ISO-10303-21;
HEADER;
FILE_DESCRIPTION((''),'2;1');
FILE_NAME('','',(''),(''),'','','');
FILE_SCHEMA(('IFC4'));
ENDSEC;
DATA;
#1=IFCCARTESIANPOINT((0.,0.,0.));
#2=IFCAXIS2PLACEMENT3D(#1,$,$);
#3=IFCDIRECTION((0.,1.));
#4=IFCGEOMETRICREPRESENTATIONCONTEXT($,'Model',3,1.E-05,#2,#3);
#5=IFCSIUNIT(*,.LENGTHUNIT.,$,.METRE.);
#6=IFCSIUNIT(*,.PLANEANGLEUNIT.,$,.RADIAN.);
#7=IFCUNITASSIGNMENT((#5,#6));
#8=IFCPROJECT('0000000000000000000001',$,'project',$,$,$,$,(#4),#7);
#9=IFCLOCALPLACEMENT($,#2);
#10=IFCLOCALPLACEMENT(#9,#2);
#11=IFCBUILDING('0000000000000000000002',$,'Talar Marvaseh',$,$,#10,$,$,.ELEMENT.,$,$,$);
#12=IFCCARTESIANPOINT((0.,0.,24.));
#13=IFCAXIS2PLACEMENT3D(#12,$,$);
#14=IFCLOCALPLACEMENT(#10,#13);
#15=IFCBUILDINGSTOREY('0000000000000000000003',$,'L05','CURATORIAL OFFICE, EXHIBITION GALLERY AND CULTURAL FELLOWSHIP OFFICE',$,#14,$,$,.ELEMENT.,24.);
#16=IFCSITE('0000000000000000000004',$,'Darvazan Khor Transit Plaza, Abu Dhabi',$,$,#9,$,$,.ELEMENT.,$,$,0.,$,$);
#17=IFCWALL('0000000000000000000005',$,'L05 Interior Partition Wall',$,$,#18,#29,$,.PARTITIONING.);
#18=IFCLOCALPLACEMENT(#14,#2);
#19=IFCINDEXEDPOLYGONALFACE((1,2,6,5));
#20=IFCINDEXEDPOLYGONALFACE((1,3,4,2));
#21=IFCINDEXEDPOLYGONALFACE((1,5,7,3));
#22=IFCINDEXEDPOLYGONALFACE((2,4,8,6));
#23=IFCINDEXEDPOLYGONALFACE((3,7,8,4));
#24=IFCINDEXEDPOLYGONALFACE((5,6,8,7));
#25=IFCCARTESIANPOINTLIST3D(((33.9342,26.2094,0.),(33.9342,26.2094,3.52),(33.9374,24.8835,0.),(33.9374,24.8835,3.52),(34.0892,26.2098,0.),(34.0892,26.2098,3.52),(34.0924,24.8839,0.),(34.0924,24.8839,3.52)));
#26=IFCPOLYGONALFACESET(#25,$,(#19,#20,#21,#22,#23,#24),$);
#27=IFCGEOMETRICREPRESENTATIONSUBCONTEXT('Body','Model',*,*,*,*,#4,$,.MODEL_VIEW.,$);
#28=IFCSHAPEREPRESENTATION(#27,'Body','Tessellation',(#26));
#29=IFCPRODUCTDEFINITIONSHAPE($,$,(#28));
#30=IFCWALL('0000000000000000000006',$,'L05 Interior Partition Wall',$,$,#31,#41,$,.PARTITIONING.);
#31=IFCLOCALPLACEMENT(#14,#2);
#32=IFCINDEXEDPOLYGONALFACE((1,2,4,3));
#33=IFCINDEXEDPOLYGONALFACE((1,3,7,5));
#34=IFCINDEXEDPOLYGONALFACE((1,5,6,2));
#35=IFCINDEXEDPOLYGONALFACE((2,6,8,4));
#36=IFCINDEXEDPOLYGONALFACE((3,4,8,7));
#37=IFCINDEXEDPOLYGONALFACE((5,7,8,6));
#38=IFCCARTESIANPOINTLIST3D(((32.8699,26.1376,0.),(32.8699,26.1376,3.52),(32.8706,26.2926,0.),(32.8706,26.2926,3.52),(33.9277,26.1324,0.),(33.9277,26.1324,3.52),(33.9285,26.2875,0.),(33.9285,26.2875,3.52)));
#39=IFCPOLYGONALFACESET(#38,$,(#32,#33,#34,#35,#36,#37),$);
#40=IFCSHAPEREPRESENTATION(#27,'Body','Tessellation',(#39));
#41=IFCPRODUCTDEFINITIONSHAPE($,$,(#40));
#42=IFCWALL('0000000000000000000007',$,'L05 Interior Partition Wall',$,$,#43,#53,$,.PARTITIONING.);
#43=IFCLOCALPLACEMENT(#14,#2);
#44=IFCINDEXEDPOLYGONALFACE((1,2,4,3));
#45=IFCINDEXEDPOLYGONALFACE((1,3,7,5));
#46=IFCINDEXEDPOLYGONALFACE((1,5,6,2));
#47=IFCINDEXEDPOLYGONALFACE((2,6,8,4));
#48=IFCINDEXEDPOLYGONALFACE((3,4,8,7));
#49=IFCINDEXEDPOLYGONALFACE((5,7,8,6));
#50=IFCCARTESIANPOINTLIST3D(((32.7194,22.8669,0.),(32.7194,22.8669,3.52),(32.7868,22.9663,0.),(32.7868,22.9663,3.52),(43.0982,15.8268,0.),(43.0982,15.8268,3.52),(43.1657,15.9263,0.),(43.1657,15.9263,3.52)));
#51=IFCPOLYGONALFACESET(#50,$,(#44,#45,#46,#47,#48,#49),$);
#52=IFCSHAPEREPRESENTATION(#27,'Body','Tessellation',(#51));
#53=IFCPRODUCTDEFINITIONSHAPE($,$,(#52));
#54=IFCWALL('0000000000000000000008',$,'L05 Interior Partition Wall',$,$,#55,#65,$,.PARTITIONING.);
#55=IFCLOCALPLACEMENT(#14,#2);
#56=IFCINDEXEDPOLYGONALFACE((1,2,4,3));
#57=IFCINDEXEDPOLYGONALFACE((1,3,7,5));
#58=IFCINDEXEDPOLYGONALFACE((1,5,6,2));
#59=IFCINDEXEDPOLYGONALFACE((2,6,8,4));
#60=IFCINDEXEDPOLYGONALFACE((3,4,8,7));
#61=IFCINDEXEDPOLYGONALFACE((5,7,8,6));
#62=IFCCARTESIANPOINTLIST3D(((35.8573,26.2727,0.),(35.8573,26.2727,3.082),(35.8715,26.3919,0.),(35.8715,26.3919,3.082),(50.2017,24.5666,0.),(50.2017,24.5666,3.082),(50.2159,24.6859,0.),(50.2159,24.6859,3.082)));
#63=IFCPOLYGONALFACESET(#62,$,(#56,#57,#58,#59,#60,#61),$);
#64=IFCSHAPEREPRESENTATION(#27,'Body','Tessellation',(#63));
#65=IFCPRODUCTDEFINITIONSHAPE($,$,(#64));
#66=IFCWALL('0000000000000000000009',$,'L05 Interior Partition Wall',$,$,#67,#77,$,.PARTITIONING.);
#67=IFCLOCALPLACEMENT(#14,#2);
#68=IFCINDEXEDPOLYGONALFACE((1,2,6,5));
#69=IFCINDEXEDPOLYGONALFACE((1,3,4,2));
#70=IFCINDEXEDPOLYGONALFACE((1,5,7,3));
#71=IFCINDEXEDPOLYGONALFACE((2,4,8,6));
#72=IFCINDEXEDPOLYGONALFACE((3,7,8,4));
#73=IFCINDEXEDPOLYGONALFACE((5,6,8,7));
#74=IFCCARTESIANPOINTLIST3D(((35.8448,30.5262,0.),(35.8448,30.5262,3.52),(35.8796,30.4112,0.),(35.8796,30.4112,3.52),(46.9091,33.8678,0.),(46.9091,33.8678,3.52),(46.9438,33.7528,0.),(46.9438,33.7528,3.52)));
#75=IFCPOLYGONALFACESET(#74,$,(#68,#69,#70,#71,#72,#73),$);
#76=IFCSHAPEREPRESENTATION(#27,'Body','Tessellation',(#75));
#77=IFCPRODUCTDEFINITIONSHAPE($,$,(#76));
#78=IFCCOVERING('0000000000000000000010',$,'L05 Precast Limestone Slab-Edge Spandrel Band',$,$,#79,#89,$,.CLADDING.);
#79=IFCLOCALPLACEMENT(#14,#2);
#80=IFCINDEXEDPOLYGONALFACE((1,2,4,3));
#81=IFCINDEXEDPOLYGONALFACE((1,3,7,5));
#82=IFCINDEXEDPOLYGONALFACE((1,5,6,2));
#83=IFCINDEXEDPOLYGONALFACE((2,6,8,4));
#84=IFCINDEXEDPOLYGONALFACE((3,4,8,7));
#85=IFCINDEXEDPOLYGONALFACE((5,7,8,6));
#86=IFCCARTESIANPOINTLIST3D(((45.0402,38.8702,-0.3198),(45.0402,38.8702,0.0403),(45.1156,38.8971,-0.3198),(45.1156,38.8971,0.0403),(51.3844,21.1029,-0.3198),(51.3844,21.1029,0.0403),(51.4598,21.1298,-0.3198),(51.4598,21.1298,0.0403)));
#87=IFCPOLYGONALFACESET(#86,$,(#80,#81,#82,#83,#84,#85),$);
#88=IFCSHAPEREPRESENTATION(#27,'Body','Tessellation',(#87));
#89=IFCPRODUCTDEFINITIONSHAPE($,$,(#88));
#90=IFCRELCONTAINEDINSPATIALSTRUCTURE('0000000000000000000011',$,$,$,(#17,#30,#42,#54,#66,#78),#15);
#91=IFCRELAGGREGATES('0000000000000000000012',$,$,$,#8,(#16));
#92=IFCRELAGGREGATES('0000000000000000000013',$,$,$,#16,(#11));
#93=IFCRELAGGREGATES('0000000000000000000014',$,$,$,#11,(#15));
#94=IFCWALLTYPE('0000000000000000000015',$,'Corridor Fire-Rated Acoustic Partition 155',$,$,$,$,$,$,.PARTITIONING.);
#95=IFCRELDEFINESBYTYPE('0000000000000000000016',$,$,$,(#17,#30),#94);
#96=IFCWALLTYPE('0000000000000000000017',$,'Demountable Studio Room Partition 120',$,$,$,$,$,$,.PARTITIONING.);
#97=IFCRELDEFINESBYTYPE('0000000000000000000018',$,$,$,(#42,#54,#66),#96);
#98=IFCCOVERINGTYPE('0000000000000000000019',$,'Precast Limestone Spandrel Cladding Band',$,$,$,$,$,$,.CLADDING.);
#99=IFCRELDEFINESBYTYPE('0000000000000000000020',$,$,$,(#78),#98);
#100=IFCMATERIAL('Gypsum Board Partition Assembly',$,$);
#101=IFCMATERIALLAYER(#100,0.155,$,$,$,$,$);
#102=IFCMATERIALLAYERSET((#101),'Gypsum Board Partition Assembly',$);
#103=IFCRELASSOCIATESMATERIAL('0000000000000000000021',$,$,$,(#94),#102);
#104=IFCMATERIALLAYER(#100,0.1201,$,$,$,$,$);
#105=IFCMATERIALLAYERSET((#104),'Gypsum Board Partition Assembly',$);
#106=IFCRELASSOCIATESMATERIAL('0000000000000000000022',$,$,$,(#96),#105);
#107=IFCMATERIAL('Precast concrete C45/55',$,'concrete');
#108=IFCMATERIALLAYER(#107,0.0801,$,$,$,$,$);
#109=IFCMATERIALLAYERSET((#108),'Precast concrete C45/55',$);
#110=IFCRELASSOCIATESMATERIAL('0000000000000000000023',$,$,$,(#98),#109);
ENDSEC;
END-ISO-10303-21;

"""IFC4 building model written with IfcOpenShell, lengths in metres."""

from ifc_helpers import new_model, si_unit, direction, frame, frame_2d, origin, origin_2d, place, context, subcontext, project, spatial, rectangle, extrude, source, transform, mapped, material, layer, layer_set, type_object, type_shapes, element, save


model = new_model("IFC4")

# Units and contexts
model_context = context("Model", 3, precision=1e-05, world=origin(), true_north=direction((0.0, 1.0)))
body_context = subcontext(model_context, "Body", "Model", "MODEL_VIEW")
ifc_project = project(units=[si_unit("LENGTHUNIT", "METRE"), si_unit("PLANEANGLEUNIT", "RADIAN")], contexts=[model_context])

# Site, building, storey
site_placement = place(None, origin())
site = spatial("IfcSite", under=ifc_project, at=site_placement, Name="Darvazan Khor Transit Plaza, Abu Dhabi", CompositionType="ELEMENT", RefElevation=0.0)
building_placement = place(site_placement, origin())
building = spatial("IfcBuilding", under=site, at=building_placement, Name="Talar Marvaseh", CompositionType="ELEMENT")
storey_placement = place(building_placement, frame((0.0, 0.0, 24.0)))
storey = spatial("IfcBuildingStorey", under=building, at=storey_placement, Name="L05", Description="CURATORIAL OFFICE, EXHIBITION GALLERY AND CULTURAL FELLOWSHIP OFFICE", CompositionType="ELEMENT", Elevation=24.0)

# Shared definitions
ifc_material_1 = material(Name="Gypsum Board Partition Assembly")
ifc_layer_1 = layer(ifc_material_1, 0.155)
ifc_layer_set_1 = layer_set([ifc_layer_1], Name="Gypsum Board Partition Assembly")
wall_type_1 = type_object("IfcWallType", Name="Corridor Fire-Rated Acoustic Partition 155", PredefinedType="PARTITIONING", material=ifc_layer_set_1)

# Walls
wall_1_placement = place(storey_placement, frame((34.0149, 24.8835, 0.0), z_axis=(0.0, 0.0, 1.0), x_axis=(-0.002394, 0.999997, 0.0)))
element("IfcWall", 1, at=wall_1_placement, inside=storey, type_object=wall_type_1, Name="L05 Interior Partition Wall", PredefinedType="PARTITIONING", context=body_context, shape_type="SweptSolid", body=[
    extrude(rectangle(XDim=1.3259, YDim=0.155, at=frame_2d((0.6631, 0.0))), origin(), (0.0, 0.0, 1.0), 3.52),
])
wall_2_placement = place(storey_placement, frame((33.928, 26.21, 0.0), z_axis=(0.0, 0.0, 1.0), x_axis=(-0.999988, 0.004846, 0.0)))
element("IfcWall", 2, at=wall_2_placement, inside=storey, type_object=wall_type_1, Name="L05 Interior Partition Wall", PredefinedType="PARTITIONING", context=body_context, shape_type="SweptSolid", body=[
    extrude(rectangle(XDim=1.0579, YDim=0.155, at=frame_2d((0.5288, 0.0))), origin(), (0.0, 0.0, 1.0), 3.52),
])
ifc_layer_2 = layer(ifc_material_1, 0.1201)
ifc_layer_set_2 = layer_set([ifc_layer_2], Name="Gypsum Board Partition Assembly")
wall_type_2 = type_object("IfcWallType", Name="Demountable Studio Room Partition 120", PredefinedType="PARTITIONING", material=ifc_layer_set_2)
wall_3_placement = place(storey_placement, frame((32.7532, 22.9165, 0.0), z_axis=(0.0, 0.0, 1.0), x_axis=(0.827579, -0.561349, 0.0)))
element("IfcWall", 3, at=wall_3_placement, inside=storey, type_object=wall_type_2, Name="L05 Interior Partition Wall", PredefinedType="PARTITIONING", context=body_context, shape_type="SweptSolid", body=[
    extrude(rectangle(XDim=12.5413, YDim=0.1201, at=frame_2d((6.2705, 0.0))), origin(), (0.0, 0.0, 1.0), 3.52),
])
wall_4_placement = place(storey_placement, frame((35.8645, 26.3323, 0.0), z_axis=(0.0, 0.0, 1.0), x_axis=(0.993001, -0.118102, 0.0)))
element("IfcWall", 4, at=wall_4_placement, inside=storey, type_object=wall_type_2, Name="L05 Interior Partition Wall", PredefinedType="PARTITIONING", context=body_context, shape_type="SweptSolid", body=[
    extrude(rectangle(XDim=14.4456, YDim=0.1201, at=frame_2d((7.2227, 0.0))), origin(), (0.0, 0.0, 1.0), 3.082),
])
wall_5_placement = place(storey_placement, frame((35.8623, 30.4688, 0.0), z_axis=(0.0, 0.0, 1.0), x_axis=(0.957294, 0.289117, 0.0)))
element("IfcWall", 5, at=wall_5_placement, inside=storey, type_object=wall_type_2, Name="L05 Interior Partition Wall", PredefinedType="PARTITIONING", context=body_context, shape_type="SweptSolid", body=[
    extrude(rectangle(XDim=11.5579, YDim=0.1201, at=frame_2d((5.7788, 0.0))), origin(), (0.0, 0.0, 1.0), 3.52),
])

# Covering
ifc_material_2 = material(Name="Precast concrete C45/55", Category="concrete")
ifc_layer_3 = layer(ifc_material_2, 0.0801)
ifc_layer_set_3 = layer_set([ifc_layer_3], Name="Precast concrete C45/55")
covering_type = type_object("IfcCoveringType", Name="Precast Limestone Spandrel Cladding Band", PredefinedType="CLADDING", material=ifc_layer_set_3)
shared_shape_1 = source(origin(), body_context, "Body", "SweptSolid", [
    extrude(rectangle(XDim=18.866, YDim=0.0801, at=origin_2d()), origin(), (0.0, 0.0, 1.0), 0.3601),
])
type_shapes(covering_type, [shared_shape_1])
covering_placement = place(storey_placement, frame((48.25, 30.0, -0.3198), z_axis=(0.0, 0.0, 1.0), x_axis=(0.336274, -0.941764, 0.0)))
element("IfcCovering", 6, at=covering_placement, inside=storey, type_object=covering_type, Name="L05 Precast Limestone Slab-Edge Spandrel Band", PredefinedType="CLADDING", context=body_context, shape_type="MappedRepresentation", body=[
    mapped(shared_shape_1, transform((0.0, 0.0, 0.0), x_axis=(1.0, 0.0, 0.0), y_axis=(0.0, 1.0, 0.0), z_axis=(0.0, 0.0, 1.0), scale=1.0)),
])

save(model, "model.ifc")
